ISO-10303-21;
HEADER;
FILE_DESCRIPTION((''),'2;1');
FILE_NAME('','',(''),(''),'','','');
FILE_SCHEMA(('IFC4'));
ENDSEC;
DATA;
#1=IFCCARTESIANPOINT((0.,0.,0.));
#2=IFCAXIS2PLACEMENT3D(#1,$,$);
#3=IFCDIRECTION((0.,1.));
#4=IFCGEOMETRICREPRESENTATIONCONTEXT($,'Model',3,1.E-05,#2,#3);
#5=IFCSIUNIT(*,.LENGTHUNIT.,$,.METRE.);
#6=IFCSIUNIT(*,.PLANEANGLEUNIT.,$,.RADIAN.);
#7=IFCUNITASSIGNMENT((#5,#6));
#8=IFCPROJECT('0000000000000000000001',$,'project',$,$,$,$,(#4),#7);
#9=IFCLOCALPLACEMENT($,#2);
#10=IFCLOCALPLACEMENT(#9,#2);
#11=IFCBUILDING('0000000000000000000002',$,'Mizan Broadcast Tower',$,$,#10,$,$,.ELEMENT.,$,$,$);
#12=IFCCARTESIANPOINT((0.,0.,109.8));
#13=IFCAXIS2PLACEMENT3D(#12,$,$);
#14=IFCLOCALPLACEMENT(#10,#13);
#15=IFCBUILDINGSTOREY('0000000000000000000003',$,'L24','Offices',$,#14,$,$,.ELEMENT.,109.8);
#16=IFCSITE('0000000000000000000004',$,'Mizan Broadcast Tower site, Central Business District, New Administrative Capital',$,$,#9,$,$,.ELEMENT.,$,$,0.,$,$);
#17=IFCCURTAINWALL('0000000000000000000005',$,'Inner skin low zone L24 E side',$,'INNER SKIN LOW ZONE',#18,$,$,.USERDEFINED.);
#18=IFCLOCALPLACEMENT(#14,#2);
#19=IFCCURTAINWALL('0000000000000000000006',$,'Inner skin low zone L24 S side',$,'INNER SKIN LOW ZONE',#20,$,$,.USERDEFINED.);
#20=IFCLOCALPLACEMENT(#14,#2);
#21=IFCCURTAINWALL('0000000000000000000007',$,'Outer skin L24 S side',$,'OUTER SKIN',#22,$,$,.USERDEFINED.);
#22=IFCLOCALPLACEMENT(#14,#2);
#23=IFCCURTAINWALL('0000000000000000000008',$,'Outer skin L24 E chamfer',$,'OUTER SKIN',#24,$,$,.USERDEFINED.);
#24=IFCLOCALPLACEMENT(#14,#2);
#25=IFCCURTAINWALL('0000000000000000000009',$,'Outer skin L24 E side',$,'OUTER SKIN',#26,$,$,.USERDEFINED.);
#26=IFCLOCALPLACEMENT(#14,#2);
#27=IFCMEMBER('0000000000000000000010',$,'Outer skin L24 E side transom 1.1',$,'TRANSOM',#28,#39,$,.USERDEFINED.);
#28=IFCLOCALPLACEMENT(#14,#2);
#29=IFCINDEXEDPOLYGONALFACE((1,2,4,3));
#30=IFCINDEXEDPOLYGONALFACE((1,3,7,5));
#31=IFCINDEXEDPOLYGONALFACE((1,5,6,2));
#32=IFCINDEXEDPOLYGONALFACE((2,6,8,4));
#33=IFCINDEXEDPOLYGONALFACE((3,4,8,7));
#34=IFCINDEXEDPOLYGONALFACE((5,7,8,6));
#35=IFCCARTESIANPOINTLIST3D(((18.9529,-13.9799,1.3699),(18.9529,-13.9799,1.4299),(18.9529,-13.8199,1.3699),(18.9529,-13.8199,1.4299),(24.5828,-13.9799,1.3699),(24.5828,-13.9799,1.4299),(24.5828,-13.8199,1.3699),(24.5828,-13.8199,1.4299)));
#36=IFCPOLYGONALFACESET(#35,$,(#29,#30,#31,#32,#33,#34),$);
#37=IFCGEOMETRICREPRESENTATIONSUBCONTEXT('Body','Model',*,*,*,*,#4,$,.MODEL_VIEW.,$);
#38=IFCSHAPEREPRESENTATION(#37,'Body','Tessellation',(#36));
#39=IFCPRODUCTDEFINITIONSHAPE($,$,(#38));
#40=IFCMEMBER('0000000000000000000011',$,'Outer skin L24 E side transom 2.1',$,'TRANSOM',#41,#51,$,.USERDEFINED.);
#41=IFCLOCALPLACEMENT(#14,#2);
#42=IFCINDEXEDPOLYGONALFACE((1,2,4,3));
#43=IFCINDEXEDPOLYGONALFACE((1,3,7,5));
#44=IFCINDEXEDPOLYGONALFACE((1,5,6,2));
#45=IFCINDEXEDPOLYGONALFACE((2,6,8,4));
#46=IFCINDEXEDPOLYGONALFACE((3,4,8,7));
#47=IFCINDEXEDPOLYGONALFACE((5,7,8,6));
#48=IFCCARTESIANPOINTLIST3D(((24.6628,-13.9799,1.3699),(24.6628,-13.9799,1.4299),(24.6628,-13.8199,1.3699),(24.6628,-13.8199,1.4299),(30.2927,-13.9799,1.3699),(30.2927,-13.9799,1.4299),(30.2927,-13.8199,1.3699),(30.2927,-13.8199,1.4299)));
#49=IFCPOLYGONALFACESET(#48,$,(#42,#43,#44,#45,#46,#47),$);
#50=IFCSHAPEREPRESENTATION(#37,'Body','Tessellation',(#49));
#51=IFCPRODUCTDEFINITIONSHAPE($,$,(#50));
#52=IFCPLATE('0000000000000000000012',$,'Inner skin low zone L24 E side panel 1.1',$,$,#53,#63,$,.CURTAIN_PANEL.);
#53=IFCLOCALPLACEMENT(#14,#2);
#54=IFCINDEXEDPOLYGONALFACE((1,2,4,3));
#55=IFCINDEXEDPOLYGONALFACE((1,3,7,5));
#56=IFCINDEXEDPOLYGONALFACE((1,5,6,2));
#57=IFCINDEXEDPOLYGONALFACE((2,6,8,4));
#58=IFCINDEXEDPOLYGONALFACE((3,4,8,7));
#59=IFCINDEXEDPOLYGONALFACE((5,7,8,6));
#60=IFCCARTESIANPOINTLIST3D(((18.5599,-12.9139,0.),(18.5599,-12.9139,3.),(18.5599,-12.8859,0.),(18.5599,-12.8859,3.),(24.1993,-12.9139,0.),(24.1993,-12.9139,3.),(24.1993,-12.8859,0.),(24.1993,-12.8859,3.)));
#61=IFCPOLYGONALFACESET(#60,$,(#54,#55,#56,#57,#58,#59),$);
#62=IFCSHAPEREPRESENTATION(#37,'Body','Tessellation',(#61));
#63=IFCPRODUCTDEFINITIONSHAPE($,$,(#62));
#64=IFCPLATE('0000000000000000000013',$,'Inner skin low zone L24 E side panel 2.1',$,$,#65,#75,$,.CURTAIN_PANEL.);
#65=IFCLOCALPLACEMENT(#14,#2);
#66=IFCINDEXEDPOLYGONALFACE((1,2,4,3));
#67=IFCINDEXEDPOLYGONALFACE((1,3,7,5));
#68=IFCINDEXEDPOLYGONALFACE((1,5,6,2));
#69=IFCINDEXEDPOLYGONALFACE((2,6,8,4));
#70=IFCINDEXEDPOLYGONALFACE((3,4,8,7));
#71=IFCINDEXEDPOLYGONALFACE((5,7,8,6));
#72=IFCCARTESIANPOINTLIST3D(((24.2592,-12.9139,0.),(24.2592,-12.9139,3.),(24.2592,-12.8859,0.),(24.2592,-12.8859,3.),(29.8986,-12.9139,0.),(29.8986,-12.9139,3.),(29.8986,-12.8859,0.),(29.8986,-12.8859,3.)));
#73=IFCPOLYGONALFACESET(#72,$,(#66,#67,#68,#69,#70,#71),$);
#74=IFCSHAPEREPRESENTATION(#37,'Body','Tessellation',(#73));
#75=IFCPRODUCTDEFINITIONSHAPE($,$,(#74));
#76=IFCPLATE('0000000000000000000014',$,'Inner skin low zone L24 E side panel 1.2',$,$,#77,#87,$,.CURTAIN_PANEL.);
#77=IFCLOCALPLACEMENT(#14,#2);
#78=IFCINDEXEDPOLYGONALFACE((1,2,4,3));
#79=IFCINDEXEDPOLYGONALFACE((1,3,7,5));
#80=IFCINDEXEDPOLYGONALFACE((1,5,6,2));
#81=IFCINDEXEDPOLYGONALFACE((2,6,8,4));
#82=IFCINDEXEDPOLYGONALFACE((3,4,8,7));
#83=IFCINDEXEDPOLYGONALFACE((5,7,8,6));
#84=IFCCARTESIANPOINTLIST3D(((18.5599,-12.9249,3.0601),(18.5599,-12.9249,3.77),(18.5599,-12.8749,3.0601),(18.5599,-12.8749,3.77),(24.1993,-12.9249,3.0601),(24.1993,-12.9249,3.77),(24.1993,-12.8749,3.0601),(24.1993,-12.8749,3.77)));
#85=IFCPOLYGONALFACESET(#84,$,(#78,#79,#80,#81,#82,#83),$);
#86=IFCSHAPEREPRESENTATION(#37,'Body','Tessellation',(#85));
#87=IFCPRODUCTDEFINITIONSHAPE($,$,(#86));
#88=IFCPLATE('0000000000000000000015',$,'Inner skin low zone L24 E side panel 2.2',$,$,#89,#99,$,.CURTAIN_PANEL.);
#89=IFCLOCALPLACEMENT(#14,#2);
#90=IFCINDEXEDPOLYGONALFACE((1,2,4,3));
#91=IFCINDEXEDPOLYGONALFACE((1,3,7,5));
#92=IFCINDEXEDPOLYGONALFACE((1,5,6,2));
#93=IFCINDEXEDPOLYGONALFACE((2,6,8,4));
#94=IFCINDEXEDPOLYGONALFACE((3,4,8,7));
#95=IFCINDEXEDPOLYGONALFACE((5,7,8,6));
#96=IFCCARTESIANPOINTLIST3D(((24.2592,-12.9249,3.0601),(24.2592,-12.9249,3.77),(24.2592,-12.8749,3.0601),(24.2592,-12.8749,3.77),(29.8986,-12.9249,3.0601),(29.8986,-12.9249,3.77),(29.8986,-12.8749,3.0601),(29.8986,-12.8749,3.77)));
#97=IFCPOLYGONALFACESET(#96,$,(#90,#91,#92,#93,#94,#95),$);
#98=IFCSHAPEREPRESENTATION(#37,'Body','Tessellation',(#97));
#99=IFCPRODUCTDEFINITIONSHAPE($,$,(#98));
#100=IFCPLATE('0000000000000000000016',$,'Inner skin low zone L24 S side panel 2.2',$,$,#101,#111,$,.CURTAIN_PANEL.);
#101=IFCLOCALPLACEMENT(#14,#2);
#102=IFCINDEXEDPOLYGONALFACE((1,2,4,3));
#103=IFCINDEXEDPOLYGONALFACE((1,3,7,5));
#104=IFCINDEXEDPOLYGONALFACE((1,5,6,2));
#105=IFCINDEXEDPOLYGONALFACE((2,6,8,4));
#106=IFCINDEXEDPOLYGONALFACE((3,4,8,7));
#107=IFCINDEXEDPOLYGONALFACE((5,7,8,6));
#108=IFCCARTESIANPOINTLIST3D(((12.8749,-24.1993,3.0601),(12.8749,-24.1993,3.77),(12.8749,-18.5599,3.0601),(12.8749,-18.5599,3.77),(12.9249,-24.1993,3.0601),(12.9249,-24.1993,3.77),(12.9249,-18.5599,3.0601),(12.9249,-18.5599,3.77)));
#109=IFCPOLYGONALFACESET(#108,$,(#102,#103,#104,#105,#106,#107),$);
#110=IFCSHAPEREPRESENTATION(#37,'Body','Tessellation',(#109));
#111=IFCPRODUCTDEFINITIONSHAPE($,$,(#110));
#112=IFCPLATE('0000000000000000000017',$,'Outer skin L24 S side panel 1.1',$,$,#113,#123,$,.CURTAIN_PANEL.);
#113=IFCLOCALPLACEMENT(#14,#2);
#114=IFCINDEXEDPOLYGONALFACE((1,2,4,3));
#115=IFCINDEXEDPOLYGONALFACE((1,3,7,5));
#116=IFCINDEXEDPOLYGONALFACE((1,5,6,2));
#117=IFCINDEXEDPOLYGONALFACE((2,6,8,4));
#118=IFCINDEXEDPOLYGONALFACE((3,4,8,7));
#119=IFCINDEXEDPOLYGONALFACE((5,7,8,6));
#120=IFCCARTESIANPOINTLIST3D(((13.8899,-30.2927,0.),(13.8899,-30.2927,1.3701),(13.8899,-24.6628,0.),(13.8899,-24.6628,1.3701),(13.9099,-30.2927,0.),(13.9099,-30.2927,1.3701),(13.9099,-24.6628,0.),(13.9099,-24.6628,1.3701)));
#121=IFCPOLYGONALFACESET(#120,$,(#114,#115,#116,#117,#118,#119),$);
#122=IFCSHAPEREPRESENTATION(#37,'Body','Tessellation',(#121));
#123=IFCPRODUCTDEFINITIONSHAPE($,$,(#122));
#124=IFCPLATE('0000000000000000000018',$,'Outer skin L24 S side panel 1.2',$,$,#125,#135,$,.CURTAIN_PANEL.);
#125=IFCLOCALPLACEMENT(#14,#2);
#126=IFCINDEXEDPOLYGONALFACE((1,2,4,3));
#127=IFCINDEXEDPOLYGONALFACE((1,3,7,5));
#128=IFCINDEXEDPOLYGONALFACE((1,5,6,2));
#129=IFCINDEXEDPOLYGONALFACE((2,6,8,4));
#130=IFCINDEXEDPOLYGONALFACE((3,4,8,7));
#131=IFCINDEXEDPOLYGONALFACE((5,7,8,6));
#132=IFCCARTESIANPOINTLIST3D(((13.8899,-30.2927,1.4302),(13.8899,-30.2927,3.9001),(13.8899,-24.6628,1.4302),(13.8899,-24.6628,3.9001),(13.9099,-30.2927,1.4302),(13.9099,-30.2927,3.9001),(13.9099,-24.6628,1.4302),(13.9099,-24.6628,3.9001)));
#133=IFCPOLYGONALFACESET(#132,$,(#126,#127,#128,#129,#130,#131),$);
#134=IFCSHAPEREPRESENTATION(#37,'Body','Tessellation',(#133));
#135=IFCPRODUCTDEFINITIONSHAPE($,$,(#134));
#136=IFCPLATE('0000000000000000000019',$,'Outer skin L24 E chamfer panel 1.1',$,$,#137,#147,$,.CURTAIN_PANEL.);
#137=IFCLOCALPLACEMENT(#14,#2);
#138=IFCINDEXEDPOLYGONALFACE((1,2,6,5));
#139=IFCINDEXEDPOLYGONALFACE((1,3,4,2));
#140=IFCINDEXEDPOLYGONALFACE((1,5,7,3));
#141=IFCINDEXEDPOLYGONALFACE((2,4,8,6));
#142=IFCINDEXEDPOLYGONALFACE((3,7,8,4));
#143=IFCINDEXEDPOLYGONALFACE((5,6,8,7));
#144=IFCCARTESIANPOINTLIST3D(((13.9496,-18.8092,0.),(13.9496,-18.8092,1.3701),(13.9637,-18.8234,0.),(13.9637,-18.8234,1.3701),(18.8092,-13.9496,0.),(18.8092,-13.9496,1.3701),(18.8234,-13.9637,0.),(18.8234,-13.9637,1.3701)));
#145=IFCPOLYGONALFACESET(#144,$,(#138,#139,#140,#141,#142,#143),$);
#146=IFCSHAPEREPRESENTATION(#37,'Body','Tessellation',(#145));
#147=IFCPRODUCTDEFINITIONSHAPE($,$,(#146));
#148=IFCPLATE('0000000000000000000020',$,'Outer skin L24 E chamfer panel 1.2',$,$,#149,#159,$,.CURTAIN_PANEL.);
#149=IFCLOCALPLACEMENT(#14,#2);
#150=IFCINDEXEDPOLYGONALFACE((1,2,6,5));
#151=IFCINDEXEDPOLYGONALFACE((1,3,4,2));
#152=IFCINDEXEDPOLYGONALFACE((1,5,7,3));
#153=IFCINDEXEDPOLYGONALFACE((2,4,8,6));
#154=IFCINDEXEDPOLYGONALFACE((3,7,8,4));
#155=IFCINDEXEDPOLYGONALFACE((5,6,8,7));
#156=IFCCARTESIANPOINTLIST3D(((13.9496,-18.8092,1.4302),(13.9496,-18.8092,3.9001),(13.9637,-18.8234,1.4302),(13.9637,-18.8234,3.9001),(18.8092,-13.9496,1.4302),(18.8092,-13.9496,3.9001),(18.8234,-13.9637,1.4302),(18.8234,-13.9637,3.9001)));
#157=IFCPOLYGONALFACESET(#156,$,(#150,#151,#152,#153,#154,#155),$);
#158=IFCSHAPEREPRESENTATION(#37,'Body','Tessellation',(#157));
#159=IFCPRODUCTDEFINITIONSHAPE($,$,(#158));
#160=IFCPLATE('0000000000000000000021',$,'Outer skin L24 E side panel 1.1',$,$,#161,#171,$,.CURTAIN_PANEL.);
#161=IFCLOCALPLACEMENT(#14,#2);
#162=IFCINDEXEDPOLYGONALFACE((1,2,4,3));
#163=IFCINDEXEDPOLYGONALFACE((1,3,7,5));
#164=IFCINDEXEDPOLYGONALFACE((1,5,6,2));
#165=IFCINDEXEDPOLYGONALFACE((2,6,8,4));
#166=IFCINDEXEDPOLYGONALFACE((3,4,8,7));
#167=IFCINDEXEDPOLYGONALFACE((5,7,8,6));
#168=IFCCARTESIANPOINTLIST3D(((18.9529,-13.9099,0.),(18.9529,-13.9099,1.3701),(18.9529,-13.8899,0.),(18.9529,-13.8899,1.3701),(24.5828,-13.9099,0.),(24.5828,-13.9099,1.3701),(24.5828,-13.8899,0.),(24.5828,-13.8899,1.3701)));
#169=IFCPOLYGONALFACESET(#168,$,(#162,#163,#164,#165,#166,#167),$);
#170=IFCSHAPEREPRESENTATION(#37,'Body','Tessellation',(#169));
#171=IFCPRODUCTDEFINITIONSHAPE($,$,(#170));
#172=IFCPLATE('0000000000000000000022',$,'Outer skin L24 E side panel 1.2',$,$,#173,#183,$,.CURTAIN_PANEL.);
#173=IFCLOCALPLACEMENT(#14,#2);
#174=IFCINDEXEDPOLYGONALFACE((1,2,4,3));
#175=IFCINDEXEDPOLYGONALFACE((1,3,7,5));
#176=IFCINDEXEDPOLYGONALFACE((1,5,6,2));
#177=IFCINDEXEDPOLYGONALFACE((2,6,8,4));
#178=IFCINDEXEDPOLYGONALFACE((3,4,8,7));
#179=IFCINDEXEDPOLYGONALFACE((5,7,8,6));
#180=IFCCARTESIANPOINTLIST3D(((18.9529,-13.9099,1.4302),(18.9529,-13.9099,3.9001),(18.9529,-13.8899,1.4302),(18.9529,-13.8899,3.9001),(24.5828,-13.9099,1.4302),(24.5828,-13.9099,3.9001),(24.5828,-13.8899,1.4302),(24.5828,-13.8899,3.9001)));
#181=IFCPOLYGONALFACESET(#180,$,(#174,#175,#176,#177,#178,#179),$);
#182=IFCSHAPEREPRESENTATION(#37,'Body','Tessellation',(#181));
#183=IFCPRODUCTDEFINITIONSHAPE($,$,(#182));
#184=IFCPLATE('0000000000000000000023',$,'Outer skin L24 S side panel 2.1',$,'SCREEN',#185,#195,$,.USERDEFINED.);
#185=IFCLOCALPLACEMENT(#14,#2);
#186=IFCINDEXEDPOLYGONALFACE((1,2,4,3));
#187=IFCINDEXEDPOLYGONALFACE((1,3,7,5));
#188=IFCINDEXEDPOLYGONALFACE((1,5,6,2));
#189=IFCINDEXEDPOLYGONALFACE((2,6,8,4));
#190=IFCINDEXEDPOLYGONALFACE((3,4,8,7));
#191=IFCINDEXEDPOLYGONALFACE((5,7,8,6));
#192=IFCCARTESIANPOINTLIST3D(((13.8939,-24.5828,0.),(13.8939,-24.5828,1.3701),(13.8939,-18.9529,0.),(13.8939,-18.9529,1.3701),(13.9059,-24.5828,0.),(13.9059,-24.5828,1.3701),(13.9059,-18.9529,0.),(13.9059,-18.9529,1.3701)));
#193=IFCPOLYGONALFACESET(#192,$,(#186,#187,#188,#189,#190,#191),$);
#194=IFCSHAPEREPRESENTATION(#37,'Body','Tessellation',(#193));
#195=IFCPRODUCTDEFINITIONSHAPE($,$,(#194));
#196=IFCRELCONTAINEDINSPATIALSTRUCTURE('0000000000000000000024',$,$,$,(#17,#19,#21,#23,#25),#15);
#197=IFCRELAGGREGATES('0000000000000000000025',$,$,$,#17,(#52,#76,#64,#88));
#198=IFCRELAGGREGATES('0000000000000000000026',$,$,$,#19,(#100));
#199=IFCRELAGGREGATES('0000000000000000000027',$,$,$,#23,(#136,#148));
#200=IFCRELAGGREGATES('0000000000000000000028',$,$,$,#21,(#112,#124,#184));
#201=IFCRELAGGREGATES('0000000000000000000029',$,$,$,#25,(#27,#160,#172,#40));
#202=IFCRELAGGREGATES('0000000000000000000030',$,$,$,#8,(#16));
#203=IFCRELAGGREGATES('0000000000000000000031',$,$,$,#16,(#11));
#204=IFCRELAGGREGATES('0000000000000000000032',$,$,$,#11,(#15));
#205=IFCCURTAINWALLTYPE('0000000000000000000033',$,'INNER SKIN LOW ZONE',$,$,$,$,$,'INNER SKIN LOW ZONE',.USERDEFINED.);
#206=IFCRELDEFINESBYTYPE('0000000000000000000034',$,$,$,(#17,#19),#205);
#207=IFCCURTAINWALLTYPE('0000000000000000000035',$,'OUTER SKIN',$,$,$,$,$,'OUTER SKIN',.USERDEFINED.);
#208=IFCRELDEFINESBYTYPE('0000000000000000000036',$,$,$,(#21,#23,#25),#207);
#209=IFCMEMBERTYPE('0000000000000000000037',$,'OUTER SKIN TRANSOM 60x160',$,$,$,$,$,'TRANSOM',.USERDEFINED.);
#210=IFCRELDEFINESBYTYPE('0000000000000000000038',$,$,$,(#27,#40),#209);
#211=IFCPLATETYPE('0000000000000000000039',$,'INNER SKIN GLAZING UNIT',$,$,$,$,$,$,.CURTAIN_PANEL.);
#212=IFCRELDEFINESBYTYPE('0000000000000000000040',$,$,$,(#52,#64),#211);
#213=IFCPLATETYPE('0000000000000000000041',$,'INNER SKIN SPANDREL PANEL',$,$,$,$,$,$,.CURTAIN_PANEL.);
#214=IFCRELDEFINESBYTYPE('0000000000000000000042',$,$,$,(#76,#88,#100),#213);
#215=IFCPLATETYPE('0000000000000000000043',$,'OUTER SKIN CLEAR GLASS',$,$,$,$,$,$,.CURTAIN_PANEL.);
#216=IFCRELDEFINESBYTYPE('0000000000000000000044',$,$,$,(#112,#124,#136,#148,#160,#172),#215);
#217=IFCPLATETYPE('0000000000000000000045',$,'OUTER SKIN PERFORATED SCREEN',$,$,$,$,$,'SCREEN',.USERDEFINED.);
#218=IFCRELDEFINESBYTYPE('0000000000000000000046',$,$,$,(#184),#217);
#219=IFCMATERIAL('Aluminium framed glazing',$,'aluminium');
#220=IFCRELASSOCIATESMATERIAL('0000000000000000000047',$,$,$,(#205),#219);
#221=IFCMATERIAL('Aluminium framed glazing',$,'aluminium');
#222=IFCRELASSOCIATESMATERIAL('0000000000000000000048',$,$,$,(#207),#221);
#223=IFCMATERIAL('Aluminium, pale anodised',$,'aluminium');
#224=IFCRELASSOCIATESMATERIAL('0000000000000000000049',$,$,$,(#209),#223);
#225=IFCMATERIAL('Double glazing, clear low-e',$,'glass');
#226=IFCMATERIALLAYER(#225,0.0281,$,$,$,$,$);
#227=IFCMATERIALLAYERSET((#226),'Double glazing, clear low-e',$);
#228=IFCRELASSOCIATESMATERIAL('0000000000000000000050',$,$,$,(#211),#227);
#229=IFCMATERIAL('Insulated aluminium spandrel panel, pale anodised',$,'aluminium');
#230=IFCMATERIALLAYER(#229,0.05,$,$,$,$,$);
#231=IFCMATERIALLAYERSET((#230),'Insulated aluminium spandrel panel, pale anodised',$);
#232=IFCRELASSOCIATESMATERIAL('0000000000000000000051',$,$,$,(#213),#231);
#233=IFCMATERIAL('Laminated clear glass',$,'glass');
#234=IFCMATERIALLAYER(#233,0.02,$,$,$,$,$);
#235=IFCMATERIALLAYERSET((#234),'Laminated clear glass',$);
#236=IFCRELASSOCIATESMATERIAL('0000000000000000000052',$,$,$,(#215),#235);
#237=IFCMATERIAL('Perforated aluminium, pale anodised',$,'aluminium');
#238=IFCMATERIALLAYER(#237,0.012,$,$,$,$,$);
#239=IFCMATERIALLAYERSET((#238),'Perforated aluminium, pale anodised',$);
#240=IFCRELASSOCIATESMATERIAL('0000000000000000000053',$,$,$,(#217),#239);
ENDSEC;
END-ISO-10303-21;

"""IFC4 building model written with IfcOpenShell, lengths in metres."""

from ifc_helpers import new_model, si_unit, direction, frame, origin, origin_2d, place, context, subcontext, project, spatial, rectangle, extrude, material, layer, layer_set, material_profile, profile_set, type_object, element, aggregate, save


model = new_model("IFC4")

# Units and contexts
model_context = context("Model", 3, precision=1e-05, world=origin(), true_north=direction((0.0, 1.0)))
body_context = subcontext(model_context, "Body", "Model", "MODEL_VIEW")
ifc_project = project(units=[si_unit("LENGTHUNIT", "METRE"), si_unit("PLANEANGLEUNIT", "RADIAN")], contexts=[model_context])

# Site, building, storey
site_placement = place(None, origin())
site = spatial("IfcSite", under=ifc_project, at=site_placement, Name="Mizan Broadcast Tower site, Central Business District, New Administrative Capital", CompositionType="ELEMENT", RefElevation=0.0)
building_placement = place(site_placement, origin())
building = spatial("IfcBuilding", under=site, at=building_placement, Name="Mizan Broadcast Tower", CompositionType="ELEMENT")
storey_placement = place(building_placement, frame((0.0, 0.0, 109.8)))
storey = spatial("IfcBuildingStorey", under=building, at=storey_placement, Name="L24", Description="Offices", CompositionType="ELEMENT", Elevation=109.8)

# Curtain walls
ifc_material_1 = material(Name="Aluminium framed glazing", Category="aluminium")
curtain_wall_type_1 = type_object("IfcCurtainWallType", Name="INNER SKIN LOW ZONE", ElementType="INNER SKIN LOW ZONE", PredefinedType="USERDEFINED", material=ifc_material_1)
curtain_wall_1_placement = place(storey_placement, origin())
curtain_wall_1 = element("IfcCurtainWall", 1, at=curtain_wall_1_placement, inside=storey, type_object=curtain_wall_type_1, Name="Inner skin low zone L24 E side", ObjectType="INNER SKIN LOW ZONE", PredefinedType="USERDEFINED")
curtain_wall_2_placement = place(storey_placement, origin())
curtain_wall_2 = element("IfcCurtainWall", 2, at=curtain_wall_2_placement, inside=storey, type_object=curtain_wall_type_1, Name="Inner skin low zone L24 S side", ObjectType="INNER SKIN LOW ZONE", PredefinedType="USERDEFINED")

# Shared definitions
ifc_material_2 = material(Name="Aluminium framed glazing", Category="aluminium")
curtain_wall_type_2 = type_object("IfcCurtainWallType", Name="OUTER SKIN", ElementType="OUTER SKIN", PredefinedType="USERDEFINED", material=ifc_material_2)

# Curtain wall
curtain_wall_3_placement = place(storey_placement, origin())
curtain_wall_3 = element("IfcCurtainWall", 3, at=curtain_wall_3_placement, inside=storey, type_object=curtain_wall_type_2, Name="Outer skin L24 S side", ObjectType="OUTER SKIN", PredefinedType="USERDEFINED")

# Curtain wall
curtain_wall_4_placement = place(storey_placement, origin())
curtain_wall_4 = element("IfcCurtainWall", 4, at=curtain_wall_4_placement, inside=storey, type_object=curtain_wall_type_2, Name="Outer skin L24 E chamfer", ObjectType="OUTER SKIN", PredefinedType="USERDEFINED")

# Curtain wall
curtain_wall_5_placement = place(storey_placement, origin())
curtain_wall_5 = element("IfcCurtainWall", 5, at=curtain_wall_5_placement, inside=storey, type_object=curtain_wall_type_2, Name="Outer skin L24 E side", ObjectType="OUTER SKIN", PredefinedType="USERDEFINED")

# Shared definitions
ifc_material_3 = material(Name="Aluminium, pale anodised", Category="aluminium")
ifc_material_profile_1 = material_profile(ifc_material_3, rectangle(XDim=0.1599, YDim=0.0601, at=origin_2d()), Name="TRANSOM 160x60")
ifc_profile_set_1 = profile_set([ifc_material_profile_1], Name="Aluminium, pale anodised")
member_type_1 = type_object("IfcMemberType", Name="OUTER SKIN TRANSOM 60x160", ElementType="TRANSOM", PredefinedType="USERDEFINED", material=ifc_profile_set_1)

# Members
member_1_placement = place(storey_placement, frame((18.9529, -13.8999, 1.3999), z_axis=(1.0, 0.0, 0.0), x_axis=(0.0, 1.0, 0.0)))
member_1 = element("IfcMember", 6, at=member_1_placement, type_object=member_type_1, Name="Outer skin L24 E side transom 1.1", ObjectType="TRANSOM", PredefinedType="USERDEFINED", context=body_context, shape_type="SweptSolid", body=[
    extrude(rectangle(XDim=0.1599, YDim=0.0601, at=origin_2d()), origin(), (0.0, 0.0, 1.0), 5.6299),
])
member_2_placement = place(storey_placement, frame((24.6628, -13.8999, 1.3999), z_axis=(1.0, 0.0, 0.0), x_axis=(0.0, 1.0, 0.0)))
member_2 = element("IfcMember", 7, at=member_2_placement, type_object=member_type_1, Name="Outer skin L24 E side transom 2.1", ObjectType="TRANSOM", PredefinedType="USERDEFINED", context=body_context, shape_type="SweptSolid", body=[
    extrude(rectangle(XDim=0.1599, YDim=0.0601, at=origin_2d()), origin(), (0.0, 0.0, 1.0), 5.6299),
])

# Plates
ifc_material_4 = material(Name="Double glazing, clear low-e", Category="glass")
ifc_layer_1 = layer(ifc_material_4, 0.0281)
ifc_layer_set_1 = layer_set([ifc_layer_1], Name="Double glazing, clear low-e")
plate_type_1 = type_object("IfcPlateType", Name="INNER SKIN GLAZING UNIT", PredefinedType="CURTAIN_PANEL", material=ifc_layer_set_1)
plate_1_placement = place(storey_placement, frame((21.3796, -12.8999, 0.0), z_axis=(0.0, 0.0, 1.0), x_axis=(1.0, 0.0, 0.0)))
plate_1 = element("IfcPlate", 8, at=plate_1_placement, type_object=plate_type_1, Name="Inner skin low zone L24 E side panel 1.1", PredefinedType="CURTAIN_PANEL", context=body_context, shape_type="SweptSolid", body=[
    extrude(rectangle(XDim=5.6394, YDim=0.0281, at=origin_2d()), origin(), (0.0, 0.0, 1.0), 3.0),
])
plate_2_placement = place(storey_placement, frame((27.0789, -12.8999, 0.0), z_axis=(0.0, 0.0, 1.0), x_axis=(1.0, 0.0, 0.0)))
plate_2 = element("IfcPlate", 9, at=plate_2_placement, type_object=plate_type_1, Name="Inner skin low zone L24 E side panel 2.1", PredefinedType="CURTAIN_PANEL", context=body_context, shape_type="SweptSolid", body=[
    extrude(rectangle(XDim=5.6394, YDim=0.0281, at=origin_2d()), origin(), (0.0, 0.0, 1.0), 3.0),
])
ifc_material_5 = material(Name="Insulated aluminium spandrel panel, pale anodised", Category="aluminium")
ifc_layer_2 = layer(ifc_material_5, 0.05)
ifc_layer_set_2 = layer_set([ifc_layer_2], Name="Insulated aluminium spandrel panel, pale anodised")
plate_type_2 = type_object("IfcPlateType", Name="INNER SKIN SPANDREL PANEL", PredefinedType="CURTAIN_PANEL", material=ifc_layer_set_2)
plate_3_placement = place(storey_placement, frame((21.3796, -12.8999, 3.0601), z_axis=(0.0, 0.0, 1.0), x_axis=(1.0, 0.0, 0.0)))
plate_3 = element("IfcPlate", 10, at=plate_3_placement, type_object=plate_type_2, Name="Inner skin low zone L24 E side panel 1.2", PredefinedType="CURTAIN_PANEL", context=body_context, shape_type="SweptSolid", body=[
    extrude(rectangle(XDim=5.6394, YDim=0.05, at=origin_2d()), origin(), (0.0, 0.0, 1.0), 0.71),
])
plate_4_placement = place(storey_placement, frame((27.0789, -12.8999, 3.0601), z_axis=(0.0, 0.0, 1.0), x_axis=(1.0, 0.0, 0.0)))
plate_4 = element("IfcPlate", 11, at=plate_4_placement, type_object=plate_type_2, Name="Inner skin low zone L24 E side panel 2.2", PredefinedType="CURTAIN_PANEL", context=body_context, shape_type="SweptSolid", body=[
    extrude(rectangle(XDim=5.6394, YDim=0.05, at=origin_2d()), origin(), (0.0, 0.0, 1.0), 0.71),
])
aggregate(curtain_wall_1, [plate_1, plate_3, plate_2, plate_4])
plate_5_placement = place(storey_placement, frame((12.8999, -21.3796, 3.0601), z_axis=(0.0, 0.0, 1.0), x_axis=(0.0, 1.0, 0.0)))
plate_5 = element("IfcPlate", 12, at=plate_5_placement, type_object=plate_type_2, Name="Inner skin low zone L24 S side panel 2.2", PredefinedType="CURTAIN_PANEL", context=body_context, shape_type="SweptSolid", body=[
    extrude(rectangle(XDim=5.6394, YDim=0.05, at=origin_2d()), origin(), (0.0, 0.0, 1.0), 0.71),
])
aggregate(curtain_wall_2, [plate_5])
ifc_material_6 = material(Name="Laminated clear glass", Category="glass")
ifc_layer_3 = layer(ifc_material_6, 0.02)
ifc_layer_set_3 = layer_set([ifc_layer_3], Name="Laminated clear glass")
plate_type_3 = type_object("IfcPlateType", Name="OUTER SKIN CLEAR GLASS", PredefinedType="CURTAIN_PANEL", material=ifc_layer_set_3)
plate_6_placement = place(storey_placement, frame((13.8999, -27.4778, 0.0), z_axis=(0.0, 0.0, 1.0), x_axis=(0.0, 1.0, 0.0)))
plate_6 = element("IfcPlate", 13, at=plate_6_placement, type_object=plate_type_3, Name="Outer skin L24 S side panel 1.1", PredefinedType="CURTAIN_PANEL", context=body_context, shape_type="SweptSolid", body=[
    extrude(rectangle(XDim=5.6299, YDim=0.02, at=origin_2d()), origin(), (0.0, 0.0, 1.0), 1.3701),
])
plate_7_placement = place(storey_placement, frame((13.8999, -27.4778, 1.4302), z_axis=(0.0, 0.0, 1.0), x_axis=(0.0, 1.0, 0.0)))
plate_7 = element("IfcPlate", 14, at=plate_7_placement, type_object=plate_type_3, Name="Outer skin L24 S side panel 1.2", PredefinedType="CURTAIN_PANEL", context=body_context, shape_type="SweptSolid", body=[
    extrude(rectangle(XDim=5.6299, YDim=0.02, at=origin_2d()), origin(), (0.0, 0.0, 1.0), 2.47),
])
plate_8_placement = place(storey_placement, frame((16.3865, -16.3865, 0.0), z_axis=(0.0, 0.0, 1.0), x_axis=(0.707107, 0.707107, 0.0)))
plate_8 = element("IfcPlate", 15, at=plate_8_placement, type_object=plate_type_3, Name="Outer skin L24 E chamfer panel 1.1", PredefinedType="CURTAIN_PANEL", context=body_context, shape_type="SweptSolid", body=[
    extrude(rectangle(XDim=6.8726, YDim=0.02, at=origin_2d()), origin(), (0.0, 0.0, 1.0), 1.3701),
])
plate_9_placement = place(storey_placement, frame((16.3865, -16.3865, 1.4302), z_axis=(0.0, 0.0, 1.0), x_axis=(0.707107, 0.707107, 0.0)))
plate_9 = element("IfcPlate", 16, at=plate_9_placement, type_object=plate_type_3, Name="Outer skin L24 E chamfer panel 1.2", PredefinedType="CURTAIN_PANEL", context=body_context, shape_type="SweptSolid", body=[
    extrude(rectangle(XDim=6.8726, YDim=0.02, at=origin_2d()), origin(), (0.0, 0.0, 1.0), 2.47),
])
aggregate(curtain_wall_4, [plate_8, plate_9])
plate_10_placement = place(storey_placement, frame((21.7678, -13.8999, 0.0), z_axis=(0.0, 0.0, 1.0), x_axis=(1.0, 0.0, 0.0)))
plate_10 = element("IfcPlate", 17, at=plate_10_placement, type_object=plate_type_3, Name="Outer skin L24 E side panel 1.1", PredefinedType="CURTAIN_PANEL", context=body_context, shape_type="SweptSolid", body=[
    extrude(rectangle(XDim=5.6299, YDim=0.02, at=origin_2d()), origin(), (0.0, 0.0, 1.0), 1.3701),
])
plate_11_placement = place(storey_placement, frame((21.7678, -13.8999, 1.4302), z_axis=(0.0, 0.0, 1.0), x_axis=(1.0, 0.0, 0.0)))
plate_11 = element("IfcPlate", 18, at=plate_11_placement, type_object=plate_type_3, Name="Outer skin L24 E side panel 1.2", PredefinedType="CURTAIN_PANEL", context=body_context, shape_type="SweptSolid", body=[
    extrude(rectangle(XDim=5.6299, YDim=0.02, at=origin_2d()), origin(), (0.0, 0.0, 1.0), 2.47),
])
ifc_material_7 = material(Name="Perforated aluminium, pale anodised", Category="aluminium")
ifc_layer_4 = layer(ifc_material_7, 0.012)
ifc_layer_set_4 = layer_set([ifc_layer_4], Name="Perforated aluminium, pale anodised")
plate_type_4 = type_object("IfcPlateType", Name="OUTER SKIN PERFORATED SCREEN", ElementType="SCREEN", PredefinedType="USERDEFINED", material=ifc_layer_set_4)
plate_12_placement = place(storey_placement, frame((13.8999, -21.7678, 0.0), z_axis=(0.0, 0.0, 1.0), x_axis=(0.0, 1.0, 0.0)))
plate_12 = element("IfcPlate", 19, at=plate_12_placement, type_object=plate_type_4, Name="Outer skin L24 S side panel 2.1", ObjectType="SCREEN", PredefinedType="USERDEFINED", context=body_context, shape_type="SweptSolid", body=[
    extrude(rectangle(XDim=5.6299, YDim=0.012, at=origin_2d()), origin(), (0.0, 0.0, 1.0), 1.3701),
])
aggregate(curtain_wall_3, [plate_6, plate_7, plate_12])
aggregate(curtain_wall_5, [member_1, plate_10, plate_11, member_2])

save(model, "model.ifc")
